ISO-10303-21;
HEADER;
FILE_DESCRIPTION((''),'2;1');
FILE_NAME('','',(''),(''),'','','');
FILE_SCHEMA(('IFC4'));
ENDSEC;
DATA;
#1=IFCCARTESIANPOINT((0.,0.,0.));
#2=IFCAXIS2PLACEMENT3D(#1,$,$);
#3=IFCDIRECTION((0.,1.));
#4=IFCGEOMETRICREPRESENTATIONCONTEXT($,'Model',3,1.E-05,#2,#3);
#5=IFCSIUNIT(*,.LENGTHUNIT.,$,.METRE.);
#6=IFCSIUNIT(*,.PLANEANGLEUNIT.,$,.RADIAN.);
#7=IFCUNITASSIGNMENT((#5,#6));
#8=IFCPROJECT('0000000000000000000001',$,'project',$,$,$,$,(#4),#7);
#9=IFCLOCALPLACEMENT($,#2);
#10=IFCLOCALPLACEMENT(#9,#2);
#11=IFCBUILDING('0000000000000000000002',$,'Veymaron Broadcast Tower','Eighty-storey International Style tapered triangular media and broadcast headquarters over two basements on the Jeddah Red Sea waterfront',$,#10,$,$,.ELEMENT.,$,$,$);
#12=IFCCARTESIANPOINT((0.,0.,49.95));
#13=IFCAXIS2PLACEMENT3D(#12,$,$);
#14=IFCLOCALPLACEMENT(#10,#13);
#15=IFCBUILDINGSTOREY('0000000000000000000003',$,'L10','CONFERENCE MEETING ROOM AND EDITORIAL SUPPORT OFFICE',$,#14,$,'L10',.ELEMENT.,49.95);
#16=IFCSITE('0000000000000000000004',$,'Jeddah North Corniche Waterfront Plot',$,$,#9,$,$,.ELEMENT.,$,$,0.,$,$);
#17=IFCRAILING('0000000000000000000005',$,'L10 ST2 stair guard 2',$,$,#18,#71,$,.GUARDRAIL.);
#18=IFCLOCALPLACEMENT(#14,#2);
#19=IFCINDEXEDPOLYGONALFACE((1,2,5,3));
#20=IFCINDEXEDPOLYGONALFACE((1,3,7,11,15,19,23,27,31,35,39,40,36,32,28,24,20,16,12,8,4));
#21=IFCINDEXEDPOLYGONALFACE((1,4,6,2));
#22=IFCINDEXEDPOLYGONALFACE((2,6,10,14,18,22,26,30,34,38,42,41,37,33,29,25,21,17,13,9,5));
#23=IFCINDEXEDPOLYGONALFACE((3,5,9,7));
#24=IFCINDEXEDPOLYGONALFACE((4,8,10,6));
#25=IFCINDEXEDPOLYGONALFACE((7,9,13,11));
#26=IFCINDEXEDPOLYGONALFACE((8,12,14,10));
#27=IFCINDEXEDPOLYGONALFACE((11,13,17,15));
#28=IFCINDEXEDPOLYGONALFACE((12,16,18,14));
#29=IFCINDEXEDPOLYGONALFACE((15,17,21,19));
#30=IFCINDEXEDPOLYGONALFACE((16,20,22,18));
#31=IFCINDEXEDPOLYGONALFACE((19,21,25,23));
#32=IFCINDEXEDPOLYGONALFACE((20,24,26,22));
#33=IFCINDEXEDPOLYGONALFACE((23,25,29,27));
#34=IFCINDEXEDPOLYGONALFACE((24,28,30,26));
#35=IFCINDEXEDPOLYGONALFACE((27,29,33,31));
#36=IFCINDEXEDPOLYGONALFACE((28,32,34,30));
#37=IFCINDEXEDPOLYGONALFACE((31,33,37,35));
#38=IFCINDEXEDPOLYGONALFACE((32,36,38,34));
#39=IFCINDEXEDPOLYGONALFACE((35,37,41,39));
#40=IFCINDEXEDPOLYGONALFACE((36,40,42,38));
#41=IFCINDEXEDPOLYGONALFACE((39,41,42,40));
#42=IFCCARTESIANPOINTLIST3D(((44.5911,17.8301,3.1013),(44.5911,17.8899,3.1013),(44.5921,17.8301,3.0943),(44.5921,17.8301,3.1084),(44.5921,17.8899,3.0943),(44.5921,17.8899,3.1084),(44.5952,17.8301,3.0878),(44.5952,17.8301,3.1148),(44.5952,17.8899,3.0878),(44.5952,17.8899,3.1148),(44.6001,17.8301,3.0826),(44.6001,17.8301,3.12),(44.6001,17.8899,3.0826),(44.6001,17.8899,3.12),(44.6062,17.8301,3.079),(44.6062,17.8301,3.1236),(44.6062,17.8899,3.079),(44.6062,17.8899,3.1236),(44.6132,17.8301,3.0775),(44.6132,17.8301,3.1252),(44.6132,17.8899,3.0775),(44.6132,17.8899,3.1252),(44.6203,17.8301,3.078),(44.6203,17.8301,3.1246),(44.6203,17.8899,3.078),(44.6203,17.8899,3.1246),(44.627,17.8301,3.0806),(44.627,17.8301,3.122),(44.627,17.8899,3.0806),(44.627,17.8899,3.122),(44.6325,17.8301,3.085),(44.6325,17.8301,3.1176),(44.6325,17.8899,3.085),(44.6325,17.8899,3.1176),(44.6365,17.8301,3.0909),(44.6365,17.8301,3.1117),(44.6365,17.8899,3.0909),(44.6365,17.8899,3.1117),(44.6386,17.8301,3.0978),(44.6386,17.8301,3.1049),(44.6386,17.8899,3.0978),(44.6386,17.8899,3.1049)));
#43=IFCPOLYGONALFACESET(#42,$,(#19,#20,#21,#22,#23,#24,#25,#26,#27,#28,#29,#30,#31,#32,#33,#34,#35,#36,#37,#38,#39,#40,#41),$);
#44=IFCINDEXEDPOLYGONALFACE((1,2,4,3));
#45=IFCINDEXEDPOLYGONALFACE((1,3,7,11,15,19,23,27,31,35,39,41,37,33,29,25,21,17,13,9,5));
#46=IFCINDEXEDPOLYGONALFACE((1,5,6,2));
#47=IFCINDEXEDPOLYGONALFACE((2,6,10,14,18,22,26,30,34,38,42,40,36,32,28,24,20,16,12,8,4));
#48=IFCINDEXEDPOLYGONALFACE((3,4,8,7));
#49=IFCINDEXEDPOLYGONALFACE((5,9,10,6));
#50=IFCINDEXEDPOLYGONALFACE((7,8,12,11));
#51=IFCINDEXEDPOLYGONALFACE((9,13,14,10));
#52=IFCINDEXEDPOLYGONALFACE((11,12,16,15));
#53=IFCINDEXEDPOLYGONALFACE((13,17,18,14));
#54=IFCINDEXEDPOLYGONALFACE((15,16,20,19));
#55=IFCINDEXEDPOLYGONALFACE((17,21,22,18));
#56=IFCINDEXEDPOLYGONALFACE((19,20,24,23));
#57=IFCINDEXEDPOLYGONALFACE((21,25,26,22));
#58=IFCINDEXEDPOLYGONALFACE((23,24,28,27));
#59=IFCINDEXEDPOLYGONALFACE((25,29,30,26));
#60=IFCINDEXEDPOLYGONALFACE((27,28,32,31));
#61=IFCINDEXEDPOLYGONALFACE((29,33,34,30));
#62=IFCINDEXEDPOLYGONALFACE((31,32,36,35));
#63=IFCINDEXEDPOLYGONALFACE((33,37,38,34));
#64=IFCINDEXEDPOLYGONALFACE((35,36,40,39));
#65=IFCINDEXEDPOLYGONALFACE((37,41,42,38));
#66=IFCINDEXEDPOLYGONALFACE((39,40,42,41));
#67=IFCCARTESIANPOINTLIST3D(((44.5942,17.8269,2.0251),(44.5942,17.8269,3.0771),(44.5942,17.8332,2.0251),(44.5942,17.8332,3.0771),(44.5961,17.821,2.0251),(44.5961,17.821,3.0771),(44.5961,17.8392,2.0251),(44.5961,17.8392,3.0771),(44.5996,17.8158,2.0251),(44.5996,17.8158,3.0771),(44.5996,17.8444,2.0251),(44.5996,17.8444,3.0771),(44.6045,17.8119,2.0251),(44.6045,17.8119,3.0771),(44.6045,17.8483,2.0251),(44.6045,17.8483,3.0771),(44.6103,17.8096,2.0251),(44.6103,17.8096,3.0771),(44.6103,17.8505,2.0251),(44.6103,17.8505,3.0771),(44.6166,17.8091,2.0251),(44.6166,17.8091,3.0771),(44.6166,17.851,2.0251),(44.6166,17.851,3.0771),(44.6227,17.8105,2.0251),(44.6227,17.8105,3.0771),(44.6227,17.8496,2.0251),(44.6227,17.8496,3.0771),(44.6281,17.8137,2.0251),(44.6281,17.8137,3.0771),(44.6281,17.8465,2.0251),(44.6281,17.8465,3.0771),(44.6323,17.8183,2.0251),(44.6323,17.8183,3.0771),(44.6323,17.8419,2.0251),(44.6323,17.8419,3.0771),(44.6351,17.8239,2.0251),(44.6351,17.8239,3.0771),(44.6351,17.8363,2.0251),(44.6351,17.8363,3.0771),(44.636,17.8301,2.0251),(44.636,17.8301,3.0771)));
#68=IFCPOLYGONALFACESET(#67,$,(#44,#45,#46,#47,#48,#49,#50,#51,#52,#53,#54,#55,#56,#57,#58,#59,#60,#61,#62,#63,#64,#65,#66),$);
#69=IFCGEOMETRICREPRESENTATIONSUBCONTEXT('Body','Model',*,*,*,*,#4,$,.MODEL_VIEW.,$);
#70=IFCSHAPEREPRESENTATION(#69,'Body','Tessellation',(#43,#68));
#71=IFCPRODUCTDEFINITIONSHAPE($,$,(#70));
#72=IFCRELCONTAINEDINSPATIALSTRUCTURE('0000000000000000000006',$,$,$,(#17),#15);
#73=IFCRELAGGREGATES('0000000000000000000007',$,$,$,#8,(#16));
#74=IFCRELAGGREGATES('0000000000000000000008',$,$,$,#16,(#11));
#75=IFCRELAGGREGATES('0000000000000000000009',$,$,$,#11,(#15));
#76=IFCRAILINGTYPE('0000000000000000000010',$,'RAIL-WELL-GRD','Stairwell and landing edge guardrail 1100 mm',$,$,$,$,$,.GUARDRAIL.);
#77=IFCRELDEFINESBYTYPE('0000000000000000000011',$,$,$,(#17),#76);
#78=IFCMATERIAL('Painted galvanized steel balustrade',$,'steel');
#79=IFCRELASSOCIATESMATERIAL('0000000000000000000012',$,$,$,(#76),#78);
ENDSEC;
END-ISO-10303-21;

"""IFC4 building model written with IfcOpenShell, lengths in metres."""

from ifc_helpers import new_model, si_unit, direction, frame, origin, origin_2d, place, context, subcontext, project, spatial, circle, extrude, material, type_object, element, save


model = new_model("IFC4")

# Units and contexts
model_context = context("Model", 3, precision=1e-05, world=origin(), true_north=direction((0.0, 1.0)))
body_context = subcontext(model_context, "Body", "Model", "MODEL_VIEW")
ifc_project = project(units=[si_unit("LENGTHUNIT", "METRE"), si_unit("PLANEANGLEUNIT", "RADIAN")], contexts=[model_context])

# Site, building, storey
site_placement = place(None, origin())
site = spatial("IfcSite", under=ifc_project, at=site_placement, Name="Jeddah North Corniche Waterfront Plot", CompositionType="ELEMENT", RefElevation=0.0)
building_placement = place(site_placement, origin())
building = spatial("IfcBuilding", under=site, at=building_placement, Name="Veymaron Broadcast Tower", Description="Eighty-storey International Style tapered triangular media and broadcast headquarters over two basements on the Jeddah Red Sea waterfront", CompositionType="ELEMENT")
storey_placement = place(building_placement, frame((0.0, 0.0, 49.95)))
storey = spatial("IfcBuildingStorey", under=building, at=storey_placement, Name="L10", Description="CONFERENCE MEETING ROOM AND EDITORIAL SUPPORT OFFICE", LongName="L10", CompositionType="ELEMENT", Elevation=49.95)

# Railing
ifc_material_1 = material(Name="Painted galvanized steel balustrade", Category="steel")
railing_type_1 = type_object("IfcRailingType", Name="RAIL-WELL-GRD", Description="Stairwell and landing edge guardrail 1100 mm", PredefinedType="GUARDRAIL", material=ifc_material_1)
railing_1_placement = place(storey_placement, frame((44.615, 17.8301, 2.0251)))
element("IfcRailing", 1, at=railing_1_placement, inside=storey, type_object=railing_type_1, Name="L10 ST2 stair guard 2", PredefinedType="GUARDRAIL", context=body_context, shape_type="SweptSolid", body=[
    extrude(circle(Radius=0.0239, at=origin_2d()), frame((0.0, 0.0, 1.0762), z_axis=(0.0, 1.0, 0.0), x_axis=(-1.0, 0.0, 0.0)), (0.0, 0.0, 1.0), 0.0598),
    extrude(circle(Radius=0.021, at=origin_2d()), origin(), (0.0, 0.0, 1.0), 1.052),
])

save(model, "model.ifc")
